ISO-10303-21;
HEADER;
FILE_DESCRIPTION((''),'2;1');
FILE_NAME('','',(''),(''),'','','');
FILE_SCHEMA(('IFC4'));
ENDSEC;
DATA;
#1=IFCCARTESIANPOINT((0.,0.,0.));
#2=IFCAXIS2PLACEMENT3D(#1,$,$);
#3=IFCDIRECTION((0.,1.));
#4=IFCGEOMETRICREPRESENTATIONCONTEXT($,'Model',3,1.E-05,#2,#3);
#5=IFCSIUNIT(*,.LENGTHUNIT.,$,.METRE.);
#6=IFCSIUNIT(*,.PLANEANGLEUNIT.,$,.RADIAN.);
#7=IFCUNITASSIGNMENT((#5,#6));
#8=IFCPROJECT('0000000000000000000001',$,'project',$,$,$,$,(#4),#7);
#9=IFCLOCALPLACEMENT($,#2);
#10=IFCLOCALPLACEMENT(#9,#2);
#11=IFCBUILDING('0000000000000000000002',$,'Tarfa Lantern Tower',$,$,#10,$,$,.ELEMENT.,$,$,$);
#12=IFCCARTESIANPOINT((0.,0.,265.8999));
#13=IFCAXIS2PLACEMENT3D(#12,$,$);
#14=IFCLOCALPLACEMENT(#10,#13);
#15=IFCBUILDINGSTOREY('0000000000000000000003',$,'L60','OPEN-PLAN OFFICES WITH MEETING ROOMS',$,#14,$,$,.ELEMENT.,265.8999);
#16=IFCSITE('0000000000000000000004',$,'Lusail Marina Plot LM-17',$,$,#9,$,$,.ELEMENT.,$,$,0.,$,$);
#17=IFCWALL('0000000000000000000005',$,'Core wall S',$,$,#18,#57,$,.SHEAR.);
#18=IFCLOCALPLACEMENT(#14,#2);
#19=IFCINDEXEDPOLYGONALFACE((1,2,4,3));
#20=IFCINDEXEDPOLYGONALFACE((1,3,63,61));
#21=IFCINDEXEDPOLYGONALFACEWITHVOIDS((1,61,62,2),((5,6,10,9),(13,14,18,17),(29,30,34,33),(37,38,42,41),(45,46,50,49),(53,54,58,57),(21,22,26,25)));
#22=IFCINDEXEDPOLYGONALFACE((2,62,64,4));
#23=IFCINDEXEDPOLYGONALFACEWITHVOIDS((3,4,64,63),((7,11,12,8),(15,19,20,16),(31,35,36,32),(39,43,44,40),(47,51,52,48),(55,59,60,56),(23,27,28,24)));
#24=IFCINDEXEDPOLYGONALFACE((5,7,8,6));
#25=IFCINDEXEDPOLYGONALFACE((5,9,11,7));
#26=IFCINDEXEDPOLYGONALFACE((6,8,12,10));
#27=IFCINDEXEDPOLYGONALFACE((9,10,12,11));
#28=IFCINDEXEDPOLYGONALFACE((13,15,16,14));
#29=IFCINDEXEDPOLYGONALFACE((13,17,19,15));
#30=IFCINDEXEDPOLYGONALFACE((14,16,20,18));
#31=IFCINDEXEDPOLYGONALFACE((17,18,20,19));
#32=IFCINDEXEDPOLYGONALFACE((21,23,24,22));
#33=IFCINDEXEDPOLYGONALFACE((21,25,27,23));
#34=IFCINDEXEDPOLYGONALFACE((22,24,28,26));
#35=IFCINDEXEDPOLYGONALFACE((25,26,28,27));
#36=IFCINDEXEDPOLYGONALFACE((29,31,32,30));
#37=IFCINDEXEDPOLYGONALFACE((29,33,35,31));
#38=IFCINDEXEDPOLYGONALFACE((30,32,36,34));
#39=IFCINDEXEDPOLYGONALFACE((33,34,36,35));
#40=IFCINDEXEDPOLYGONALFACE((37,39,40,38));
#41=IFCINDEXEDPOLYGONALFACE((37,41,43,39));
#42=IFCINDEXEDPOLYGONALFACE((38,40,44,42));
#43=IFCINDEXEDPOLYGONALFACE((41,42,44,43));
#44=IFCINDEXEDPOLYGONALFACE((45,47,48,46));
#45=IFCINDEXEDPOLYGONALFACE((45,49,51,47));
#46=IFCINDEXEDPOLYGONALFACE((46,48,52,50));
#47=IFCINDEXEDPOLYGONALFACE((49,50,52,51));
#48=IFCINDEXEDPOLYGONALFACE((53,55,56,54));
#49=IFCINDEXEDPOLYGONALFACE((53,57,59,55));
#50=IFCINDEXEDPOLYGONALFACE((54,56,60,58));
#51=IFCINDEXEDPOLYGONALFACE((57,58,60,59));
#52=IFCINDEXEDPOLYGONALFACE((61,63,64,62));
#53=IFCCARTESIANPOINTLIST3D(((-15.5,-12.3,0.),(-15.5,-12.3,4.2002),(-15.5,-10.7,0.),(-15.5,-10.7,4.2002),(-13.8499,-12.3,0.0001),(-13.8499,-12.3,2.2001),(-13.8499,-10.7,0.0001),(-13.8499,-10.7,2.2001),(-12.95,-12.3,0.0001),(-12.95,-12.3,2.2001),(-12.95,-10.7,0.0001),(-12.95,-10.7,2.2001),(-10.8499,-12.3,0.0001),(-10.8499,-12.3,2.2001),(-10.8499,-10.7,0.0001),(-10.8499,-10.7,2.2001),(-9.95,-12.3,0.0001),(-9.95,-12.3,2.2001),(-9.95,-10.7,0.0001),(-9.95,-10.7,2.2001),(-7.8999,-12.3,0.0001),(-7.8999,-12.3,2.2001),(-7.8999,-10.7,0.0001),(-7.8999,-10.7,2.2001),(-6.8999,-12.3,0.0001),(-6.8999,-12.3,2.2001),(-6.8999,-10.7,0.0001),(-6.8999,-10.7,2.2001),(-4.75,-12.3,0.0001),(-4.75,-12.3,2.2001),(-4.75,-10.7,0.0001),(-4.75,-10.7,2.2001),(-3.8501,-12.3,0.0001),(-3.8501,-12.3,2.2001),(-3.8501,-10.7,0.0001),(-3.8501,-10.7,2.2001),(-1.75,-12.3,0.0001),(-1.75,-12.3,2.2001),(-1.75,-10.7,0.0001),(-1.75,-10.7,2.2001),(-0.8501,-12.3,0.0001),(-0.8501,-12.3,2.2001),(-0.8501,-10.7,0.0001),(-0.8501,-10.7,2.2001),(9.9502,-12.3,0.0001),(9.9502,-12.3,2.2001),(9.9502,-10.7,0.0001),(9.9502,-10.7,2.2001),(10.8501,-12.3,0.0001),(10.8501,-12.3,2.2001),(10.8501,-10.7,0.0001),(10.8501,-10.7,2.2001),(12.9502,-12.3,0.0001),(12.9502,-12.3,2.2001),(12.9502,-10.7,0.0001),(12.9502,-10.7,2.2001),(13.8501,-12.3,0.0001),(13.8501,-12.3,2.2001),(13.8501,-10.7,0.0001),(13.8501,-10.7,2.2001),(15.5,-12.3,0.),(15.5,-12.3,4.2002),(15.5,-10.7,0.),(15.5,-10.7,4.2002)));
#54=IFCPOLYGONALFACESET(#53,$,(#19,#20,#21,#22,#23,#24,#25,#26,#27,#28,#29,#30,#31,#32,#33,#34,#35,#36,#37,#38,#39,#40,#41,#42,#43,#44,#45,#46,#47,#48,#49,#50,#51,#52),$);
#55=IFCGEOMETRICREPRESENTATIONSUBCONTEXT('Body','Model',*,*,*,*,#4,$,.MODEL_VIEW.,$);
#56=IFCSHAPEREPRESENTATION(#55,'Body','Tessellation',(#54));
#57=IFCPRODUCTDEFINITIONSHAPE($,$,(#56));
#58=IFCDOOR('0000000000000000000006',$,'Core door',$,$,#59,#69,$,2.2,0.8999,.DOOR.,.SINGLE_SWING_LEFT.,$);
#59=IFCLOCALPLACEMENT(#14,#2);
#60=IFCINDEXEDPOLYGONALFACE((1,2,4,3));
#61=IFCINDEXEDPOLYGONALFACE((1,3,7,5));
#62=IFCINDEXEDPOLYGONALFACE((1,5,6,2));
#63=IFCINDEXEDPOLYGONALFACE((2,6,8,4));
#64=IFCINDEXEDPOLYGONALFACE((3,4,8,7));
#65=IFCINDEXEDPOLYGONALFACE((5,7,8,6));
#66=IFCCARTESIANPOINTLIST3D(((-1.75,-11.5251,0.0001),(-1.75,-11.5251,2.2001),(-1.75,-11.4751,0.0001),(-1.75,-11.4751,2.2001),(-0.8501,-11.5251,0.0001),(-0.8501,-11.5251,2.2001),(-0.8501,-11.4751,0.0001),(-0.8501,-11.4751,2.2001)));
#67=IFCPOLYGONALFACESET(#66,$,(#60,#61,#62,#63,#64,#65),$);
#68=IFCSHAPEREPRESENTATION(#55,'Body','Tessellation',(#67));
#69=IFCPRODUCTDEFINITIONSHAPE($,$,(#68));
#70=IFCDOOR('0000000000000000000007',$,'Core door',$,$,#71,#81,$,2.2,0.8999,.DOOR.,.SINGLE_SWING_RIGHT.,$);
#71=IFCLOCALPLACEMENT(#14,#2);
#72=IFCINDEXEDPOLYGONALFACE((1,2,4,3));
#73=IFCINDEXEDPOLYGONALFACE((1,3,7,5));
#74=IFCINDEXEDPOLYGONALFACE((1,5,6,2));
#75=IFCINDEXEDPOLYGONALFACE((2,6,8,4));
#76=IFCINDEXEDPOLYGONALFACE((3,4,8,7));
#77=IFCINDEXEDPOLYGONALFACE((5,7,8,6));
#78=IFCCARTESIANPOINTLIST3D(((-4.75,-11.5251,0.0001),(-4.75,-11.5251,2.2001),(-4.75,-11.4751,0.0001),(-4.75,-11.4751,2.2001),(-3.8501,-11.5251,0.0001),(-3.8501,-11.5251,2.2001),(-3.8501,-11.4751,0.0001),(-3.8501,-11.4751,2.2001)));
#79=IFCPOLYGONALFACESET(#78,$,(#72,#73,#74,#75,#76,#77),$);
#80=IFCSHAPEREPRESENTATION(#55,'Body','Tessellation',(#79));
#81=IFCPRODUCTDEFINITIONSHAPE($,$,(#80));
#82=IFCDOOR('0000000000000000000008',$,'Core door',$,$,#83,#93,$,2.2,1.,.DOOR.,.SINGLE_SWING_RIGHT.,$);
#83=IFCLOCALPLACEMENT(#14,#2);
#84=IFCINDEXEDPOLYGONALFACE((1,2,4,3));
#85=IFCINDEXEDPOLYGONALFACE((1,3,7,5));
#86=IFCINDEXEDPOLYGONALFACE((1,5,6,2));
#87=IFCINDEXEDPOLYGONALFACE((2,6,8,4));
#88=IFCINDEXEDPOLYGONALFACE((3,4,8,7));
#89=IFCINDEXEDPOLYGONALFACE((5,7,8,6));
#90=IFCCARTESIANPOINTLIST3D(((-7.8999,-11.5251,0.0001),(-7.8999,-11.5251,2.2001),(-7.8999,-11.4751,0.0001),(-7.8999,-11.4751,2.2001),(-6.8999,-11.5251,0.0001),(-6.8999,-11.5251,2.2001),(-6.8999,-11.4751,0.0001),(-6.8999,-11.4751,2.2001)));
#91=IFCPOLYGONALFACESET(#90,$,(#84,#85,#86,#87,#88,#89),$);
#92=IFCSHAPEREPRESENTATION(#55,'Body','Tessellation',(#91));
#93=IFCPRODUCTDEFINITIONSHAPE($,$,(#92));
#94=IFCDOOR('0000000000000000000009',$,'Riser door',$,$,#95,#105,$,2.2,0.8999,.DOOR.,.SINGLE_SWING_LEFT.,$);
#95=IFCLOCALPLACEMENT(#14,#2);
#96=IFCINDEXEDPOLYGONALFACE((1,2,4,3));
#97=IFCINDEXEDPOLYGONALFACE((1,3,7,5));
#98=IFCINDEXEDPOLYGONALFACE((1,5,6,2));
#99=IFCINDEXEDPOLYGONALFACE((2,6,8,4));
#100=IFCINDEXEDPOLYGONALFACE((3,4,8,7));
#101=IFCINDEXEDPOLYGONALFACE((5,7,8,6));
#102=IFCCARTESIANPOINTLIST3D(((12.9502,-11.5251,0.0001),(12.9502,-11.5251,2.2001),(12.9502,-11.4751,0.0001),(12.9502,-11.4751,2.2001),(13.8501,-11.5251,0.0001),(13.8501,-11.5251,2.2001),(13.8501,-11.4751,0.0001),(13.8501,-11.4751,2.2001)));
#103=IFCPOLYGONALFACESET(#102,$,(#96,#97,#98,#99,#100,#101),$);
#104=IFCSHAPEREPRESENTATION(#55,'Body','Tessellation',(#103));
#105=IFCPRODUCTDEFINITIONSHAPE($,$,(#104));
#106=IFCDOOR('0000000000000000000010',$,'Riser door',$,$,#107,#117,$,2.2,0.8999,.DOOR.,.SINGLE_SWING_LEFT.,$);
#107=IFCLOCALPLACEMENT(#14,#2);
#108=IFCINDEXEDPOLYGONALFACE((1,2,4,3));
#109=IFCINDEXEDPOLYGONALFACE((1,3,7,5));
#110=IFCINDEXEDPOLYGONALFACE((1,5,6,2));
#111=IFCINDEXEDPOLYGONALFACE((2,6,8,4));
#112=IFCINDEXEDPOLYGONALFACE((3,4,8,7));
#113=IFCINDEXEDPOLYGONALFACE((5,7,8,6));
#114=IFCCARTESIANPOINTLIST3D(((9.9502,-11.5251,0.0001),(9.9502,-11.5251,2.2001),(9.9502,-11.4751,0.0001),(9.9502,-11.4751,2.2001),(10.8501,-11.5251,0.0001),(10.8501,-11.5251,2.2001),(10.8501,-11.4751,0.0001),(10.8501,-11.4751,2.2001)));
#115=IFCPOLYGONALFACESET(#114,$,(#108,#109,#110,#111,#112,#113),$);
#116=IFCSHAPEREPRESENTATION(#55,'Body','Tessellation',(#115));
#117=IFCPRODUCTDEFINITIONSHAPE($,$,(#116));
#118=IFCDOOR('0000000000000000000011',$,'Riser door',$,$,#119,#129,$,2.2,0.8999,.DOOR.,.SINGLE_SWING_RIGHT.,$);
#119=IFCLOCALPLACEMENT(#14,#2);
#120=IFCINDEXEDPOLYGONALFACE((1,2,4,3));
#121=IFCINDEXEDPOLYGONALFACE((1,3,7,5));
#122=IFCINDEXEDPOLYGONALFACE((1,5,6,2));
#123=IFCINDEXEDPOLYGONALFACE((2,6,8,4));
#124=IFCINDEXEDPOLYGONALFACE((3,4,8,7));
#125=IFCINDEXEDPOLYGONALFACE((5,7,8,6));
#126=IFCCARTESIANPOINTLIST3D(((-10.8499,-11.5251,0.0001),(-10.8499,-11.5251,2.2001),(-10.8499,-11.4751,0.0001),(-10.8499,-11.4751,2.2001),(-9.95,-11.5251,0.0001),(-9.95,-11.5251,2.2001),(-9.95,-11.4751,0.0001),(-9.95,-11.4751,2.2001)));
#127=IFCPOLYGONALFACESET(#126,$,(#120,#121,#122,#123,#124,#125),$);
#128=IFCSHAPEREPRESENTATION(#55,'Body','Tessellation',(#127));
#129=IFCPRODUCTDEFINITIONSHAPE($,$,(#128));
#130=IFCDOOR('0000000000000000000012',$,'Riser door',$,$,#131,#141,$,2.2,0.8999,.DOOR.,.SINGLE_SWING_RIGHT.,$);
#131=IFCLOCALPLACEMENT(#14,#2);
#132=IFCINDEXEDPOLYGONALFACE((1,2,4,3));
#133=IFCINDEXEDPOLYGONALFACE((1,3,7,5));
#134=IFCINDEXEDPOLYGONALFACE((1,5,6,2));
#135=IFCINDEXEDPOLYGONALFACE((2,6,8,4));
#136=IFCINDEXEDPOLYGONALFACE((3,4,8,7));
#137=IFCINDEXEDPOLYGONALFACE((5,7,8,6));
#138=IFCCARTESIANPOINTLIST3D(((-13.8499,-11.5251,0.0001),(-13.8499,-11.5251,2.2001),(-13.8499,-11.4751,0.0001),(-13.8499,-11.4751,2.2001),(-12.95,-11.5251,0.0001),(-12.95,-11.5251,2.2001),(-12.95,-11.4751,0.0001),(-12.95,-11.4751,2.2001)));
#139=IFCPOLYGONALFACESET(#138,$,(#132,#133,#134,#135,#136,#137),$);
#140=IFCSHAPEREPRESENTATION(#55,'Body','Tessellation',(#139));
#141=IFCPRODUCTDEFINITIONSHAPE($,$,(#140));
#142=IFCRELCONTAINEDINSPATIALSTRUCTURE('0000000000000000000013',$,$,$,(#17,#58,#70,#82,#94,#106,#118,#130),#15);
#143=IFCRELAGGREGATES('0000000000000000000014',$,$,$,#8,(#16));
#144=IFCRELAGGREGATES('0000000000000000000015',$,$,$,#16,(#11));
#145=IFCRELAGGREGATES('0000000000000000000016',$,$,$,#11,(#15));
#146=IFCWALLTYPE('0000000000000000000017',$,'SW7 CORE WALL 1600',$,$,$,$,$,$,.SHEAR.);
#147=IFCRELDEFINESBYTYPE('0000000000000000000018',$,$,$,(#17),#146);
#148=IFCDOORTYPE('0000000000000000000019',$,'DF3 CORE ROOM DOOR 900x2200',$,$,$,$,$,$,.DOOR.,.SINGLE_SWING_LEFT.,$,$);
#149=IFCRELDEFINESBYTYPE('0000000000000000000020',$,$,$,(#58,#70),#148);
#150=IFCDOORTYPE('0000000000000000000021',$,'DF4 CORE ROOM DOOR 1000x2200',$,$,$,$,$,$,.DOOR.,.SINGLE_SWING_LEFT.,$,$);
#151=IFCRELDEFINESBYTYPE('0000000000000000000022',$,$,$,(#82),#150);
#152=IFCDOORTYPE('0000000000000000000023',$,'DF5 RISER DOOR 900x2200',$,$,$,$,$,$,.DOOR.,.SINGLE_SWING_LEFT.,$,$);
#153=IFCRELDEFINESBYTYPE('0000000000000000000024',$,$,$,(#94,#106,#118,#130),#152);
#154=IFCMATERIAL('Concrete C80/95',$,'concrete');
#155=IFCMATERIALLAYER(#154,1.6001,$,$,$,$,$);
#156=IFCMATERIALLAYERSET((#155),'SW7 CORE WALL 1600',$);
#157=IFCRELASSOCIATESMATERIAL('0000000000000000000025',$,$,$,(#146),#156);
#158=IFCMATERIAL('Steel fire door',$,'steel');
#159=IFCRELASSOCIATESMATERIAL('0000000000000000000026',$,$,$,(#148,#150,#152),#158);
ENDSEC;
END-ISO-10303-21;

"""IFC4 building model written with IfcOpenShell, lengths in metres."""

from ifc_helpers import new_model, si_unit, direction, frame, frame_2d, origin, place, context, subcontext, project, spatial, rectangle, extrude, material, layer, layer_set, type_object, element, fill, save


model = new_model("IFC4")

# Units and contexts
model_context = context("Model", 3, precision=1e-05, world=origin(), true_north=direction((0.0, 1.0)))
body_context = subcontext(model_context, "Body", "Model", "MODEL_VIEW")
ifc_project = project(units=[si_unit("LENGTHUNIT", "METRE"), si_unit("PLANEANGLEUNIT", "RADIAN")], contexts=[model_context])

# Site, building, storey
site_placement = place(None, origin())
site = spatial("IfcSite", under=ifc_project, at=site_placement, Name="Lusail Marina Plot LM-17", CompositionType="ELEMENT", RefElevation=0.0)
building_placement = place(site_placement, origin())
building = spatial("IfcBuilding", under=site, at=building_placement, Name="Tarfa Lantern Tower", CompositionType="ELEMENT")
storey_placement = place(building_placement, frame((0.0, 0.0, 265.8999)))
storey = spatial("IfcBuildingStorey", under=building, at=storey_placement, Name="L60", Description="OPEN-PLAN OFFICES WITH MEETING ROOMS", CompositionType="ELEMENT", Elevation=265.8999)

# Shared definitions
ifc_material_1 = material(Name="Concrete C80/95", Category="concrete")
ifc_material_2 = material(Name="Steel fire door", Category="steel")

# Wall, openings, doors
ifc_layer_1 = layer(ifc_material_1, 1.6001)
ifc_layer_set_1 = layer_set([ifc_layer_1], Name="SW7 CORE WALL 1600")
wall_type_1 = type_object("IfcWallType", Name="SW7 CORE WALL 1600", PredefinedType="SHEAR", material=ifc_layer_set_1)
wall_1_placement = place(storey_placement, frame((15.5, -11.5, 0.0), z_axis=(0.0, 0.0, 1.0), x_axis=(-1.0, 0.0, 0.0)))
wall_1 = element("IfcWall", 1, at=wall_1_placement, inside=storey, type_object=wall_type_1, Name="Core wall S", PredefinedType="SHEAR", context=body_context, shape_type="SweptSolid", body=[
    extrude(rectangle(XDim=31.0, YDim=1.6001, at=frame_2d((15.5, 0.0))), origin(), (0.0, 0.0, 1.0), 4.2002),
])
opening_1_placement = place(wall_1_placement, frame((16.3501, 0.0, 0.0)))
opening_1 = element("IfcOpeningElement", 2, at=opening_1_placement, cuts=wall_1, PredefinedType="OPENING", context=body_context, shape_type="SweptSolid", body=[
    extrude(rectangle(XDim=0.8999, YDim=2.2, at=frame_2d((0.45, 1.1001))), frame((0.0, 0.8101, 0.0), z_axis=(0.0, -1.0, 0.0), x_axis=(1.0, 0.0, 0.0)), (0.0, 0.0, 1.0), 1.6201),
])
opening_2_placement = place(wall_1_placement, frame((19.3501, 0.0, 0.0)))
opening_2 = element("IfcOpeningElement", 3, at=opening_2_placement, cuts=wall_1, PredefinedType="OPENING", context=body_context, shape_type="SweptSolid", body=[
    extrude(rectangle(XDim=0.8999, YDim=2.2, at=frame_2d((0.45, 1.1001))), frame((0.0, 0.8101, 0.0), z_axis=(0.0, -1.0, 0.0), x_axis=(1.0, 0.0, 0.0)), (0.0, 0.0, 1.0), 1.6201),
])
opening_3_placement = place(wall_1_placement, frame((22.3999, 0.0, 0.0)))
opening_3 = element("IfcOpeningElement", 4, at=opening_3_placement, cuts=wall_1, PredefinedType="OPENING", context=body_context, shape_type="SweptSolid", body=[
    extrude(rectangle(XDim=1.0, YDim=2.2, at=frame_2d((0.5, 1.1001))), frame((0.0, 0.8101, 0.0), z_axis=(0.0, -1.0, 0.0), x_axis=(1.0, 0.0, 0.0)), (0.0, 0.0, 1.0), 1.6201),
])
opening_4_placement = place(wall_1_placement, frame((1.6499, 0.0, 0.0)))
opening_4 = element("IfcOpeningElement", 5, at=opening_4_placement, cuts=wall_1, PredefinedType="OPENING", context=body_context, shape_type="SweptSolid", body=[
    extrude(rectangle(XDim=0.8999, YDim=2.2, at=frame_2d((0.45, 1.1001))), frame((0.0, 0.8101, 0.0), z_axis=(0.0, -1.0, 0.0), x_axis=(1.0, 0.0, 0.0)), (0.0, 0.0, 1.0), 1.6201),
])
opening_5_placement = place(wall_1_placement, frame((4.6499, 0.0, 0.0)))
opening_5 = element("IfcOpeningElement", 6, at=opening_5_placement, cuts=wall_1, PredefinedType="OPENING", context=body_context, shape_type="SweptSolid", body=[
    extrude(rectangle(XDim=0.8999, YDim=2.2, at=frame_2d((0.45, 1.1001))), frame((0.0, 0.8101, 0.0), z_axis=(0.0, -1.0, 0.0), x_axis=(1.0, 0.0, 0.0)), (0.0, 0.0, 1.0), 1.6201),
])
opening_6_placement = place(wall_1_placement, frame((25.45, 0.0, 0.0)))
opening_6 = element("IfcOpeningElement", 7, at=opening_6_placement, cuts=wall_1, PredefinedType="OPENING", context=body_context, shape_type="SweptSolid", body=[
    extrude(rectangle(XDim=0.8999, YDim=2.2, at=frame_2d((0.45, 1.1001))), frame((0.0, 0.8101, 0.0), z_axis=(0.0, -1.0, 0.0), x_axis=(1.0, 0.0, 0.0)), (0.0, 0.0, 1.0), 1.6201),
])
opening_7_placement = place(wall_1_placement, frame((28.45, 0.0, 0.0)))
opening_7 = element("IfcOpeningElement", 8, at=opening_7_placement, cuts=wall_1, PredefinedType="OPENING", context=body_context, shape_type="SweptSolid", body=[
    extrude(rectangle(XDim=0.8999, YDim=2.2, at=frame_2d((0.45, 1.1001))), frame((0.0, 0.8101, 0.0), z_axis=(0.0, -1.0, 0.0), x_axis=(1.0, 0.0, 0.0)), (0.0, 0.0, 1.0), 1.6201),
])
door_type_1 = type_object("IfcDoorType", Name="DF3 CORE ROOM DOOR 900x2200", OperationType="SINGLE_SWING_LEFT", PredefinedType="DOOR", material=ifc_material_2)
door_1_placement = place(opening_1_placement, frame((0.8999, 0.0, 0.0), z_axis=(0.0, 0.0, 1.0), x_axis=(-1.0, 0.0, 0.0)))
door_1 = element("IfcDoor", 9, at=door_1_placement, inside=storey, type_object=door_type_1, Name="Core door", OperationType="SINGLE_SWING_LEFT", OverallHeight=2.2, OverallWidth=0.8999, PredefinedType="DOOR", context=body_context, shape_type="SweptSolid", body=[
    extrude(rectangle(XDim=0.8999, YDim=2.2, at=frame_2d((0.45, 1.1001))), frame((0.0, 0.0249, 0.0), z_axis=(0.0, -1.0, 0.0), x_axis=(1.0, 0.0, 0.0)), (0.0, 0.0, 1.0), 0.05),
])
fill(opening_1, door_1)
door_2_placement = place(opening_2_placement, frame((0.8999, 0.0, 0.0), z_axis=(0.0, 0.0, 1.0), x_axis=(-1.0, 0.0, 0.0)))
door_2 = element("IfcDoor", 10, at=door_2_placement, inside=storey, type_object=door_type_1, Name="Core door", OperationType="SINGLE_SWING_RIGHT", OverallHeight=2.2, OverallWidth=0.8999, PredefinedType="DOOR", context=body_context, shape_type="SweptSolid", body=[
    extrude(rectangle(XDim=0.8999, YDim=2.2, at=frame_2d((0.45, 1.1001))), frame((0.0, 0.0249, 0.0), z_axis=(0.0, -1.0, 0.0), x_axis=(1.0, 0.0, 0.0)), (0.0, 0.0, 1.0), 0.05),
])
fill(opening_2, door_2)
door_type_2 = type_object("IfcDoorType", Name="DF4 CORE ROOM DOOR 1000x2200", OperationType="SINGLE_SWING_LEFT", PredefinedType="DOOR", material=ifc_material_2)
door_3_placement = place(opening_3_placement, frame((1.0, 0.0, 0.0), z_axis=(0.0, 0.0, 1.0), x_axis=(-1.0, 0.0, 0.0)))
door_3 = element("IfcDoor", 11, at=door_3_placement, inside=storey, type_object=door_type_2, Name="Core door", OperationType="SINGLE_SWING_RIGHT", OverallHeight=2.2, OverallWidth=1.0, PredefinedType="DOOR", context=body_context, shape_type="SweptSolid", body=[
    extrude(rectangle(XDim=1.0, YDim=2.2, at=frame_2d((0.5, 1.1001))), frame((0.0, 0.0249, 0.0), z_axis=(0.0, -1.0, 0.0), x_axis=(1.0, 0.0, 0.0)), (0.0, 0.0, 1.0), 0.05),
])
fill(opening_3, door_3)
door_type_3 = type_object("IfcDoorType", Name="DF5 RISER DOOR 900x2200", OperationType="SINGLE_SWING_LEFT", PredefinedType="DOOR", material=ifc_material_2)
door_4_placement = place(opening_4_placement, frame((0.8999, 0.0, 0.0), z_axis=(0.0, 0.0, 1.0), x_axis=(-1.0, 0.0, 0.0)))
door_4 = element("IfcDoor", 12, at=door_4_placement, inside=storey, type_object=door_type_3, Name="Riser door", OperationType="SINGLE_SWING_LEFT", OverallHeight=2.2, OverallWidth=0.8999, PredefinedType="DOOR", context=body_context, shape_type="SweptSolid", body=[
    extrude(rectangle(XDim=0.8999, YDim=2.2, at=frame_2d((0.45, 1.1001))), frame((0.0, 0.0249, 0.0), z_axis=(0.0, -1.0, 0.0), x_axis=(1.0, 0.0, 0.0)), (0.0, 0.0, 1.0), 0.05),
])
fill(opening_4, door_4)
door_5_placement = place(opening_5_placement, frame((0.8999, 0.0, 0.0), z_axis=(0.0, 0.0, 1.0), x_axis=(-1.0, 0.0, 0.0)))
door_5 = element("IfcDoor", 13, at=door_5_placement, inside=storey, type_object=door_type_3, Name="Riser door", OperationType="SINGLE_SWING_LEFT", OverallHeight=2.2, OverallWidth=0.8999, PredefinedType="DOOR", context=body_context, shape_type="SweptSolid", body=[
    extrude(rectangle(XDim=0.8999, YDim=2.2, at=frame_2d((0.45, 1.1001))), frame((0.0, 0.0249, 0.0), z_axis=(0.0, -1.0, 0.0), x_axis=(1.0, 0.0, 0.0)), (0.0, 0.0, 1.0), 0.05),
])
fill(opening_5, door_5)
door_6_placement = place(opening_6_placement, frame((0.8999, 0.0, 0.0), z_axis=(0.0, 0.0, 1.0), x_axis=(-1.0, 0.0, 0.0)))
door_6 = element("IfcDoor", 14, at=door_6_placement, inside=storey, type_object=door_type_3, Name="Riser door", OperationType="SINGLE_SWING_RIGHT", OverallHeight=2.2, OverallWidth=0.8999, PredefinedType="DOOR", context=body_context, shape_type="SweptSolid", body=[
    extrude(rectangle(XDim=0.8999, YDim=2.2, at=frame_2d((0.45, 1.1001))), frame((0.0, 0.0249, 0.0), z_axis=(0.0, -1.0, 0.0), x_axis=(1.0, 0.0, 0.0)), (0.0, 0.0, 1.0), 0.05),
])
fill(opening_6, door_6)
door_7_placement = place(opening_7_placement, frame((0.8999, 0.0, 0.0), z_axis=(0.0, 0.0, 1.0), x_axis=(-1.0, 0.0, 0.0)))
door_7 = element("IfcDoor", 15, at=door_7_placement, inside=storey, type_object=door_type_3, Name="Riser door", OperationType="SINGLE_SWING_RIGHT", OverallHeight=2.2, OverallWidth=0.8999, PredefinedType="DOOR", context=body_context, shape_type="SweptSolid", body=[
    extrude(rectangle(XDim=0.8999, YDim=2.2, at=frame_2d((0.45, 1.1001))), frame((0.0, 0.0249, 0.0), z_axis=(0.0, -1.0, 0.0), x_axis=(1.0, 0.0, 0.0)), (0.0, 0.0, 1.0), 0.05),
])
fill(opening_7, door_7)

save(model, "model.ifc")
